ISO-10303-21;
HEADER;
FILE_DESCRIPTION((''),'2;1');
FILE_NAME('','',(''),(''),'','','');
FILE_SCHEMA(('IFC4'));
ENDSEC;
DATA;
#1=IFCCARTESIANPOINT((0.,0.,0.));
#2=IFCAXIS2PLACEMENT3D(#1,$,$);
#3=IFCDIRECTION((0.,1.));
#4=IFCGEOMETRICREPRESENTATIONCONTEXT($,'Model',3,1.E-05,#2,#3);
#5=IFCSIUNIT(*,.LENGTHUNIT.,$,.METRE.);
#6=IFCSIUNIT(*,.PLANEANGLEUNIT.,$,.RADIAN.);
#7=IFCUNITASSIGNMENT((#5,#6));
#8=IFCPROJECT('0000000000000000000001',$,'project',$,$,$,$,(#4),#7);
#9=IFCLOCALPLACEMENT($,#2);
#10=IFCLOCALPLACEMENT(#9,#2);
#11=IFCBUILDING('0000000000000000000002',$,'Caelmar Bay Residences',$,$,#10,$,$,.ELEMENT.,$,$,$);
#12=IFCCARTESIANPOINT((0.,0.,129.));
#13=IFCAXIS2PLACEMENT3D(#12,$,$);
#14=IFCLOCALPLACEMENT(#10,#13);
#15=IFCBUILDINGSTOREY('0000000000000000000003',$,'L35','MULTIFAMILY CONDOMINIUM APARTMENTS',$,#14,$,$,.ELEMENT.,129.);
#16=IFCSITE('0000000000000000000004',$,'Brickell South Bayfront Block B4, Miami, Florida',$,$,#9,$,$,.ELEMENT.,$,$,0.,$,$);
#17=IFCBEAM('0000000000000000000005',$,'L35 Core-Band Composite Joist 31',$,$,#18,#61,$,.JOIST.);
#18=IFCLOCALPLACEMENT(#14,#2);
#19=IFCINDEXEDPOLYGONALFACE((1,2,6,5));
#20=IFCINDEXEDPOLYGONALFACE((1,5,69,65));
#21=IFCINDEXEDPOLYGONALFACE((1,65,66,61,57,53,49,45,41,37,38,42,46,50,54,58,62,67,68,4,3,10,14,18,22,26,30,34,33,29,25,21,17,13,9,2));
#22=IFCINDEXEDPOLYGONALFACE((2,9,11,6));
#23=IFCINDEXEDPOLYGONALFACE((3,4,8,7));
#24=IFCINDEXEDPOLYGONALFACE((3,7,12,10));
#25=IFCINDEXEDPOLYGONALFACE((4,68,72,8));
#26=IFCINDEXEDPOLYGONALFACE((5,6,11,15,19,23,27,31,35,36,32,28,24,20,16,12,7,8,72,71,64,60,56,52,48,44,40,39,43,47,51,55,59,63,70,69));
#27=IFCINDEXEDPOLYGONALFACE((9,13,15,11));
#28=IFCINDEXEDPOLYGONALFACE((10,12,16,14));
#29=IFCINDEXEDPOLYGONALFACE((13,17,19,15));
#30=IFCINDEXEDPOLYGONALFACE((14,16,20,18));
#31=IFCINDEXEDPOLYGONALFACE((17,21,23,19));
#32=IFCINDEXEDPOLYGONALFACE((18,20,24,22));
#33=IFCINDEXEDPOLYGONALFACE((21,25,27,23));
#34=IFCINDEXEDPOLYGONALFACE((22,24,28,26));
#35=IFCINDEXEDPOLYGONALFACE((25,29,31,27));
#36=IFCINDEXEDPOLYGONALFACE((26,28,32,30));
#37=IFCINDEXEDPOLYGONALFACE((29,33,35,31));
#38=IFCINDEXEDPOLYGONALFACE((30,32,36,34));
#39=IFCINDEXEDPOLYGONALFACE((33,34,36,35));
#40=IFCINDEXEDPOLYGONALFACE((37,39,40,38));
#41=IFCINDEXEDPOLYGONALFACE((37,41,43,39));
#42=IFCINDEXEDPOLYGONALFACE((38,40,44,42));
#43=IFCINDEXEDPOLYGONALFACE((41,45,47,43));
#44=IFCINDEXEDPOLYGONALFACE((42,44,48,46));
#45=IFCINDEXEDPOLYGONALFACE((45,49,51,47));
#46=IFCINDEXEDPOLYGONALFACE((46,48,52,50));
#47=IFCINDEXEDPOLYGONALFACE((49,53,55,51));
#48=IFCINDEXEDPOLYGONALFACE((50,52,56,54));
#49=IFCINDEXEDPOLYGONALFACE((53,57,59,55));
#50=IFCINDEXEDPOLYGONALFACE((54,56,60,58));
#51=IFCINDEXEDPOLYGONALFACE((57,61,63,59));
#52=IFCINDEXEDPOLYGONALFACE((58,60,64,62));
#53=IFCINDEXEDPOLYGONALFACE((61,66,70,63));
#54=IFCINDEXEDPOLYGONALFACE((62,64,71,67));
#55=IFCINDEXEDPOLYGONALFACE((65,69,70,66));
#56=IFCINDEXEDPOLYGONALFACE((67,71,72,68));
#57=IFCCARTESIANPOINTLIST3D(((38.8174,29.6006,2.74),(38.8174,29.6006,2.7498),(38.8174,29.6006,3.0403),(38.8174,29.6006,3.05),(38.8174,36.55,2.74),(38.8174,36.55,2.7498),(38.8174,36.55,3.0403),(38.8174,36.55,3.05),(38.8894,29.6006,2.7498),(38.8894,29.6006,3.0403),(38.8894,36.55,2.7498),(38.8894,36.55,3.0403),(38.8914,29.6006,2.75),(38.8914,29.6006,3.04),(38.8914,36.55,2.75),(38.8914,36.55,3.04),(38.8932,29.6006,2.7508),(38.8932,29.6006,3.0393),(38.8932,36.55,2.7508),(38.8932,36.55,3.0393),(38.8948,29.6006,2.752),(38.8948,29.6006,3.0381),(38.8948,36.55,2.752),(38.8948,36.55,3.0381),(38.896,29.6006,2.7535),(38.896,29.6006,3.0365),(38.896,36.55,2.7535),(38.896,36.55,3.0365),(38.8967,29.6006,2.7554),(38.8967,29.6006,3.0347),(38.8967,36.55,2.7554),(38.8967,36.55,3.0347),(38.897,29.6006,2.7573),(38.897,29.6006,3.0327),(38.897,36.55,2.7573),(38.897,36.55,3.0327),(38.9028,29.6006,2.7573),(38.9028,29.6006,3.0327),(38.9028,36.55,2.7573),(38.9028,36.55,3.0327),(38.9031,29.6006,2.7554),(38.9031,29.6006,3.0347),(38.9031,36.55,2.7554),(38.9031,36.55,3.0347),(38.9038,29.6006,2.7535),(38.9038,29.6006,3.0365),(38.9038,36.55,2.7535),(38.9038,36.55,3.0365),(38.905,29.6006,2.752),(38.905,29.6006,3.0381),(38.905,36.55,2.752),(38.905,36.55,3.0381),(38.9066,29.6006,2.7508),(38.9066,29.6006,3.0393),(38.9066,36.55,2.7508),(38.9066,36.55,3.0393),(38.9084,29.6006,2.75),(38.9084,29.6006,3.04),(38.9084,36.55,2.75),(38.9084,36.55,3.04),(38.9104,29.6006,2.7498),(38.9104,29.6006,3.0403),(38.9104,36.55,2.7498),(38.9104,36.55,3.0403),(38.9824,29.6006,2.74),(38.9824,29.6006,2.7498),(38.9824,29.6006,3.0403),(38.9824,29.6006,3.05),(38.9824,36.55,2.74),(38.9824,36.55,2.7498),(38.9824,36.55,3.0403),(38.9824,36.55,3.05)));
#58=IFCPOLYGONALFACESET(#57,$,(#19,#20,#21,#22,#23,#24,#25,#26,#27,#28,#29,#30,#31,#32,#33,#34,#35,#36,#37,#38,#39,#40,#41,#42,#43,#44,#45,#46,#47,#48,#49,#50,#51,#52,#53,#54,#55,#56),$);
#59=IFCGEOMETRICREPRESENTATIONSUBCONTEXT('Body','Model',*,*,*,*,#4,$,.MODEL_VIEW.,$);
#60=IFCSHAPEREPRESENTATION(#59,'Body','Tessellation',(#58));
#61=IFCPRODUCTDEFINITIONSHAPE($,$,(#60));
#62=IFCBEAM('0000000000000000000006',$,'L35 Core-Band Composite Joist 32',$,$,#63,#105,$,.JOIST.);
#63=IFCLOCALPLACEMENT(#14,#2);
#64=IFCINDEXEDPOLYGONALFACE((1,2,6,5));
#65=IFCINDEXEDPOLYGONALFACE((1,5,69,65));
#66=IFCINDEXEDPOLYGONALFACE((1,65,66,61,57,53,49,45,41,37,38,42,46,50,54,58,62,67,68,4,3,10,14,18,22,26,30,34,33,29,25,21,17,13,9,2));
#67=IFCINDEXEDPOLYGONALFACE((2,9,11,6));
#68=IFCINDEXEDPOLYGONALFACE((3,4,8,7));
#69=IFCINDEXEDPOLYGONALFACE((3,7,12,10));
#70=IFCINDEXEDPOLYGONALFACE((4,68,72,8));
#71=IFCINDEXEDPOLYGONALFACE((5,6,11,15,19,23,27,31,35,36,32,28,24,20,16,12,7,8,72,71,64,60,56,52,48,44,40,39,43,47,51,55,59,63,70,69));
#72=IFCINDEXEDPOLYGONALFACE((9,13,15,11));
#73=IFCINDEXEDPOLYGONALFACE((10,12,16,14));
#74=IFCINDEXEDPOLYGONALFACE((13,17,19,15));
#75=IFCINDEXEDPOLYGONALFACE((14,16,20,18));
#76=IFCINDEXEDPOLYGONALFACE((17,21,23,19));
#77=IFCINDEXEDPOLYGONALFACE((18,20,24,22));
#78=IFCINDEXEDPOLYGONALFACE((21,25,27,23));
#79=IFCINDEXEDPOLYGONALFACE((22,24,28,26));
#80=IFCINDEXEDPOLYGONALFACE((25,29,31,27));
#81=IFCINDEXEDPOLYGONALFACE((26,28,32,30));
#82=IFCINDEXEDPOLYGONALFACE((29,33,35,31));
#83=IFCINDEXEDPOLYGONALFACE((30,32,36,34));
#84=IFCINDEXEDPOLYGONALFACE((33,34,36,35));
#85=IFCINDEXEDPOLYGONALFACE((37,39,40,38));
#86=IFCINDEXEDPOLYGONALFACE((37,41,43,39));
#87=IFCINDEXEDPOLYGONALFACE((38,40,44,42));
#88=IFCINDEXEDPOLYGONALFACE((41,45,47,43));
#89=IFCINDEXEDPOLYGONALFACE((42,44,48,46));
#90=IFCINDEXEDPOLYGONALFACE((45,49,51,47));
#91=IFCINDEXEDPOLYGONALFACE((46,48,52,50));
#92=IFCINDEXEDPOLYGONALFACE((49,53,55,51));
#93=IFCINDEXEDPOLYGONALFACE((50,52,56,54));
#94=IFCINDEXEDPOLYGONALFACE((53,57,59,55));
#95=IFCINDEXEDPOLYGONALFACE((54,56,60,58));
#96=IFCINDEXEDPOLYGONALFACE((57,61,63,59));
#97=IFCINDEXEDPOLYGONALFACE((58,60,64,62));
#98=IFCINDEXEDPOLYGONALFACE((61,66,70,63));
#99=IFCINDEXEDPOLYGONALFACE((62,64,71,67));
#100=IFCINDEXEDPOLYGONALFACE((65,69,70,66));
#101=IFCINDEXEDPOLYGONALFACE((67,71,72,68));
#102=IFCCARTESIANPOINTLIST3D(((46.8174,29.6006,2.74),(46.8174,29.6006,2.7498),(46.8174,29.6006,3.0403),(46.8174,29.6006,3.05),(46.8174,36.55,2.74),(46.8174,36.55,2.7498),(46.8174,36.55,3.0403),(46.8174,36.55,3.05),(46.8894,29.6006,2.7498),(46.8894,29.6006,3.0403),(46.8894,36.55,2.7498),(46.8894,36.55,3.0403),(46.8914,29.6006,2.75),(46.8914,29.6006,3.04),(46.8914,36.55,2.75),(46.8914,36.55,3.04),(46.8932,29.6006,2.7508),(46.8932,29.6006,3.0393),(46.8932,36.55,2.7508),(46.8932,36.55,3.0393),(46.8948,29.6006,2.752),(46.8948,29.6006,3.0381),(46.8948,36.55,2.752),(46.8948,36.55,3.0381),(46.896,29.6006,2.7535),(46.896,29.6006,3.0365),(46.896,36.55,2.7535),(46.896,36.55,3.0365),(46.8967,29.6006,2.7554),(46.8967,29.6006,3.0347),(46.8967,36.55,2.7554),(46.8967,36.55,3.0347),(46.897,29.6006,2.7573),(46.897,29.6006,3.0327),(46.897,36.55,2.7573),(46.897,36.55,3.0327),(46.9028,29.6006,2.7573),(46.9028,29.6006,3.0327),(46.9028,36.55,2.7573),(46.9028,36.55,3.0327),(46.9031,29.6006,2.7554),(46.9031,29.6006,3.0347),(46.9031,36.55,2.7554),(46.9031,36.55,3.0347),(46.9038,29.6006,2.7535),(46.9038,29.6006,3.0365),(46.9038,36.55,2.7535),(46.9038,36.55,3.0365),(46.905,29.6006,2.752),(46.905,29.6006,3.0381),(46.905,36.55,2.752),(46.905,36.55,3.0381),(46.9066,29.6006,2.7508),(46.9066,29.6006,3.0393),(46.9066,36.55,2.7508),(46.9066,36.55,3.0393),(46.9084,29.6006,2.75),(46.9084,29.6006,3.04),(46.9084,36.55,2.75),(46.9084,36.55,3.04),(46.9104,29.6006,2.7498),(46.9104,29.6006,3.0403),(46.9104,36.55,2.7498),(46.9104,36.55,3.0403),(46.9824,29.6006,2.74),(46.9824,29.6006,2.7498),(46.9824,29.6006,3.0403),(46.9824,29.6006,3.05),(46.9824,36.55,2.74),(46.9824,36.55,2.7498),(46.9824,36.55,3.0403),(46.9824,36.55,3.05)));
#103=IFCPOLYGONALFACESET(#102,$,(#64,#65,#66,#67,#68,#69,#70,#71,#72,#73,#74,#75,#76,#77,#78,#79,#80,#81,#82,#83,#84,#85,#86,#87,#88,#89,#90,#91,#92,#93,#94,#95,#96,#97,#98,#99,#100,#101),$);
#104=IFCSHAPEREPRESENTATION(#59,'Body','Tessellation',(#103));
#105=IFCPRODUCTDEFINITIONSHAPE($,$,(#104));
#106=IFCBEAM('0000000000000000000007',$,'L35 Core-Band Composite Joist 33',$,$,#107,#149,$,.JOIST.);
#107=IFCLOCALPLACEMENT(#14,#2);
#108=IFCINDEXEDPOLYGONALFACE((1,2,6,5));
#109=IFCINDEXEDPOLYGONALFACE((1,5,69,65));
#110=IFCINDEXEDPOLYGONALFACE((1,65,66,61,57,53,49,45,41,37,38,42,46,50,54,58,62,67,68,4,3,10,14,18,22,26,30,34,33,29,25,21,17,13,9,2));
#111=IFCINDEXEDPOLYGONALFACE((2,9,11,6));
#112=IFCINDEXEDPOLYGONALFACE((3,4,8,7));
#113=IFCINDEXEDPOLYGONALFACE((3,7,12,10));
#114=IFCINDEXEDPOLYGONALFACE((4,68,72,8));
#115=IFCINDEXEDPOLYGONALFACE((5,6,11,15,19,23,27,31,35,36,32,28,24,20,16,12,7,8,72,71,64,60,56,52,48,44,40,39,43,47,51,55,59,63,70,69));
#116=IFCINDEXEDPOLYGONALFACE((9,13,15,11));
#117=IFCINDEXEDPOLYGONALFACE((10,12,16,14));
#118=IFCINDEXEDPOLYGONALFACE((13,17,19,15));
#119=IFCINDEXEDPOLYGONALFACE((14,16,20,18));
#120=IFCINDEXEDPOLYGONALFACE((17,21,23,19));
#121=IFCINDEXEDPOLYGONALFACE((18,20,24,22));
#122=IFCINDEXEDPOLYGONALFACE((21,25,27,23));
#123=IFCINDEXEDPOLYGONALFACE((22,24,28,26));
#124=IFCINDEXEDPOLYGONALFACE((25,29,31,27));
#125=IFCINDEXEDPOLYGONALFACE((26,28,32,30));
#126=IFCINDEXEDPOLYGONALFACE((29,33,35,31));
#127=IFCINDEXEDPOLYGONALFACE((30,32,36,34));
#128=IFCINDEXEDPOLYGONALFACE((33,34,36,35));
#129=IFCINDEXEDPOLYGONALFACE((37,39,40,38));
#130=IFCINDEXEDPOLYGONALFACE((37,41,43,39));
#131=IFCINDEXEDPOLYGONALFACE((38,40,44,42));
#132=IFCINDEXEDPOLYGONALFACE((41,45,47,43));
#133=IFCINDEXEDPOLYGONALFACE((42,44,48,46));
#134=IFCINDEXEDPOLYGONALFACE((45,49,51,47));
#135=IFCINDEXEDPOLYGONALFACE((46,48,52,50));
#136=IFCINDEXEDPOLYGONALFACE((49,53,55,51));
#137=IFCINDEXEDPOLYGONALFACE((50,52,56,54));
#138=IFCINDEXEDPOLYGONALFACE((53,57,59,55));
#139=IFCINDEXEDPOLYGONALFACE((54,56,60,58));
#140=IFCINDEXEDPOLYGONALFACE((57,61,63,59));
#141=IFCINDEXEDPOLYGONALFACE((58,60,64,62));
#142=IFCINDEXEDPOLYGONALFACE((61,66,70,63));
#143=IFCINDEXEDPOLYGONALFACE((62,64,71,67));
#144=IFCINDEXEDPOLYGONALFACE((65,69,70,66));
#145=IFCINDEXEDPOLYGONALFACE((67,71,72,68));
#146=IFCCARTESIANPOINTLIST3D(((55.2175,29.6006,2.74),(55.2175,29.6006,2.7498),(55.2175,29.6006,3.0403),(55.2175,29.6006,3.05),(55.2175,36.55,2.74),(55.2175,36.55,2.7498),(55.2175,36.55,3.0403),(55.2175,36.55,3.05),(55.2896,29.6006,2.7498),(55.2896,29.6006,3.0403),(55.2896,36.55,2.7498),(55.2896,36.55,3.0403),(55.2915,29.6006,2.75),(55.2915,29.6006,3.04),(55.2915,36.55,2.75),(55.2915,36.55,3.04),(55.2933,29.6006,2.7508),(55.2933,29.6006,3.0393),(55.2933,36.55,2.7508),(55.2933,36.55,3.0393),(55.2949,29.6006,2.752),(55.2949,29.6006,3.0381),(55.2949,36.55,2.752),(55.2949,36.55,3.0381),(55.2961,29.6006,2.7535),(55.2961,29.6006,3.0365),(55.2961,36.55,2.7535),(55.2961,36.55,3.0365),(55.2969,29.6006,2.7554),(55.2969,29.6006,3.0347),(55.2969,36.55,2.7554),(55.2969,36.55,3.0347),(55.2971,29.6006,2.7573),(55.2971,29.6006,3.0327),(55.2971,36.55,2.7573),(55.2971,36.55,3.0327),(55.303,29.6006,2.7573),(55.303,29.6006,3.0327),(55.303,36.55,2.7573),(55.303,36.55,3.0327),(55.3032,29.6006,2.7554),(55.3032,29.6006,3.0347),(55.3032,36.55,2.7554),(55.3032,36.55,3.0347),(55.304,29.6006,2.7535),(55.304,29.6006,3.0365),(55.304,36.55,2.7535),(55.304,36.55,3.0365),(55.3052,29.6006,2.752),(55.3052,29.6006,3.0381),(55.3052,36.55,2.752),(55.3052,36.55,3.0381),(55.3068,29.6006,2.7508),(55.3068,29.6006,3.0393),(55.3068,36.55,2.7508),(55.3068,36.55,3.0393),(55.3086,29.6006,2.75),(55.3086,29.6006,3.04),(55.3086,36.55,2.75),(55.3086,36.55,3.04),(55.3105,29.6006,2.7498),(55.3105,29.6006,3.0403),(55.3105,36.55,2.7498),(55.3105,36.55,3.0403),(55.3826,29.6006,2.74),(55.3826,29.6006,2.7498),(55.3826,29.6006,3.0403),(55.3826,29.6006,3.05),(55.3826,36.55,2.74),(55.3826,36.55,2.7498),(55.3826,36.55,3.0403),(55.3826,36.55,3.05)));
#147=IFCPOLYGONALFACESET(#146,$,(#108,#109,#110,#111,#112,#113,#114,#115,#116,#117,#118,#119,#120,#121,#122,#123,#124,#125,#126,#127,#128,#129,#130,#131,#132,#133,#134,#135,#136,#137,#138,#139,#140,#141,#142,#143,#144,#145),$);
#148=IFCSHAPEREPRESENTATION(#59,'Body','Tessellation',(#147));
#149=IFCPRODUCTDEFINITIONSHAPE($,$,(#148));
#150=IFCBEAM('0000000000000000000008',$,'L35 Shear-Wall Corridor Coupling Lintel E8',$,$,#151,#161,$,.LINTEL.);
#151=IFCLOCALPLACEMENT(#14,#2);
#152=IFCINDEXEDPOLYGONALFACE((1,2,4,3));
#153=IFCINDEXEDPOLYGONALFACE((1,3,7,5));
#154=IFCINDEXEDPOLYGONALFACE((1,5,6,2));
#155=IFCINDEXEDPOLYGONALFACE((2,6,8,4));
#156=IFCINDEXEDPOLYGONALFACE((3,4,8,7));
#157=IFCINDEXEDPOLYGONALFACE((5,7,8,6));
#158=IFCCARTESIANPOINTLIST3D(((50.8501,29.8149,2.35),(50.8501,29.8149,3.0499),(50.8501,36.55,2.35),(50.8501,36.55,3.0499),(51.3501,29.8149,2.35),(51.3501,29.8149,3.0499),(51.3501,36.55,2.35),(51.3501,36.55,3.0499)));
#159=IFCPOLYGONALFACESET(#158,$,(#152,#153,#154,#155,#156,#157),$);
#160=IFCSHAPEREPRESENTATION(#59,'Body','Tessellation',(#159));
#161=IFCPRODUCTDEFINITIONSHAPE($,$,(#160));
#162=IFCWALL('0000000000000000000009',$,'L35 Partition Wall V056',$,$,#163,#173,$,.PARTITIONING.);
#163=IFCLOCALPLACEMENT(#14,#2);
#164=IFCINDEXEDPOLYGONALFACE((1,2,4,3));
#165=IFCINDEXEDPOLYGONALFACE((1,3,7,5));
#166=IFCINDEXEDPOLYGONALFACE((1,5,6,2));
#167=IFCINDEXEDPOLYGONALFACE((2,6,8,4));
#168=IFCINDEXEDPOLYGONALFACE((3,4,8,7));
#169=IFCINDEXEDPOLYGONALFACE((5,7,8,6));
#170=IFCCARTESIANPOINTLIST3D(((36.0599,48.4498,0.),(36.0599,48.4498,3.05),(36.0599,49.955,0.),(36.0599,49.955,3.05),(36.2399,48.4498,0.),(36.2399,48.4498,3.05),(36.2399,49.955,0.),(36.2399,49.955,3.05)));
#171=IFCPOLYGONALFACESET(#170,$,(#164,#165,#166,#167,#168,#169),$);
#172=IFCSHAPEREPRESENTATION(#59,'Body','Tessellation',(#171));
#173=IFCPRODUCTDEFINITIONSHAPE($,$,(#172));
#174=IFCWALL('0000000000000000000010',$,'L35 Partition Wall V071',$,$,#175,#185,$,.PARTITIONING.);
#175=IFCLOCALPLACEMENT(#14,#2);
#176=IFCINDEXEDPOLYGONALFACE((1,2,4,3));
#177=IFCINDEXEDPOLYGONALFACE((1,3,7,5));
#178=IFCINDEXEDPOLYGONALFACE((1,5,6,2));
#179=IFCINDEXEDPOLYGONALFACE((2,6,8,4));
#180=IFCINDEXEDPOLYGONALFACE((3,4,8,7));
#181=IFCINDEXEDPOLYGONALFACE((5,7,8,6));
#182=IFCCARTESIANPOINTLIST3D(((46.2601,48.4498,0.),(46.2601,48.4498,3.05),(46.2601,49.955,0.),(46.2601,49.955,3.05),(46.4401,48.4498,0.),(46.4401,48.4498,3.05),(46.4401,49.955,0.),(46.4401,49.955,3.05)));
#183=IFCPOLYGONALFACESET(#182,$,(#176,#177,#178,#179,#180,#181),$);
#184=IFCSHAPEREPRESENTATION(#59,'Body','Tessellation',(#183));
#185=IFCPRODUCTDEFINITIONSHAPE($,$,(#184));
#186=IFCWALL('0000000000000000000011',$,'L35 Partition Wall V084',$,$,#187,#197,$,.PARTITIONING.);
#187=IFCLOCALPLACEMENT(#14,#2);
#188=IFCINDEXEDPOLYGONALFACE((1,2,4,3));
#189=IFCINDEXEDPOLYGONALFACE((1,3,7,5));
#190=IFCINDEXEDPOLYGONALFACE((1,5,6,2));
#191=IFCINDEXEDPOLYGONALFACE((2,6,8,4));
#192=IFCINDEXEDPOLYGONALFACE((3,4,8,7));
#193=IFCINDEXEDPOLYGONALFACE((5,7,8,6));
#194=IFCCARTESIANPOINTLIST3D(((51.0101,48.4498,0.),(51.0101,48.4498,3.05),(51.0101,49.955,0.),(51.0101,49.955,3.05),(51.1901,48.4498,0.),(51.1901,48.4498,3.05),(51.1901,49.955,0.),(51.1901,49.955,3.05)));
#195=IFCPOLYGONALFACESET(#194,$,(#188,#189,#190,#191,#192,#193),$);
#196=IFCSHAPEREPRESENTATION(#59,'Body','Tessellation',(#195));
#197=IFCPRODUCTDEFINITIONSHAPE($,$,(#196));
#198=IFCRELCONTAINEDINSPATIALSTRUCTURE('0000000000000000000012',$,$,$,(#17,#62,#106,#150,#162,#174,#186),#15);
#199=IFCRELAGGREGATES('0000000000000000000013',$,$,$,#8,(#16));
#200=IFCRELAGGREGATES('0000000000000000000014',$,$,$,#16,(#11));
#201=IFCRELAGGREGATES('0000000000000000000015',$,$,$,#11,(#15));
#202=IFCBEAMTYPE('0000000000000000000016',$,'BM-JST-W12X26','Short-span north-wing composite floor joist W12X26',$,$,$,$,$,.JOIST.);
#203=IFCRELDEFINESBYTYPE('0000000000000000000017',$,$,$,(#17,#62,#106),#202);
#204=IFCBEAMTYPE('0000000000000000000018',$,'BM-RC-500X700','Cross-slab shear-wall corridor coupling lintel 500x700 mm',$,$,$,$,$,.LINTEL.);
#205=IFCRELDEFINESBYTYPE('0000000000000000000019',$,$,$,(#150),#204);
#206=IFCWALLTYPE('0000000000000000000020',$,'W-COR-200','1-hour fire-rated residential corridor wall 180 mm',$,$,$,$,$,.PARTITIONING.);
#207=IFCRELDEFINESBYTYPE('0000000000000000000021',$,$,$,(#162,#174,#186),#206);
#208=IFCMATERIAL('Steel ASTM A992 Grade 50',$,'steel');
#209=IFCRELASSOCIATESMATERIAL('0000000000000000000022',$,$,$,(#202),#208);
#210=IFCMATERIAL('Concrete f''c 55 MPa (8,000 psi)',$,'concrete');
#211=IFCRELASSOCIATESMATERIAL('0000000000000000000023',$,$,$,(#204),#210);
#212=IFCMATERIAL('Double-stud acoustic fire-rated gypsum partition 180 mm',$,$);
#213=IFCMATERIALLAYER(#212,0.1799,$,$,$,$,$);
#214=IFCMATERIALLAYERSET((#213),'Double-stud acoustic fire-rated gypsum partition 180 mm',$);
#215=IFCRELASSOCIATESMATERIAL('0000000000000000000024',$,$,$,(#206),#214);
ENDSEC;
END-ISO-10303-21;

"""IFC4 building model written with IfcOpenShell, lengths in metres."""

from ifc_helpers import new_model, si_unit, direction, frame, frame_2d, origin, origin_2d, place, context, subcontext, project, spatial, rectangle, i_section, extrude, material, layer, layer_set, material_profile, profile_set, type_object, element, save


model = new_model("IFC4")

# Units and contexts
model_context = context("Model", 3, precision=1e-05, world=origin(), true_north=direction((0.0, 1.0)))
body_context = subcontext(model_context, "Body", "Model", "MODEL_VIEW")
ifc_project = project(units=[si_unit("LENGTHUNIT", "METRE"), si_unit("PLANEANGLEUNIT", "RADIAN")], contexts=[model_context])

# Site, building, storey
site_placement = place(None, origin())
site = spatial("IfcSite", under=ifc_project, at=site_placement, Name="Brickell South Bayfront Block B4, Miami, Florida", CompositionType="ELEMENT", RefElevation=0.0)
building_placement = place(site_placement, origin())
building = spatial("IfcBuilding", under=site, at=building_placement, Name="Caelmar Bay Residences", CompositionType="ELEMENT")
storey_placement = place(building_placement, frame((0.0, 0.0, 129.0)))
storey = spatial("IfcBuildingStorey", under=building, at=storey_placement, Name="L35", Description="MULTIFAMILY CONDOMINIUM APARTMENTS", CompositionType="ELEMENT", Elevation=129.0)

# Beams
ifc_material_1 = material(Name="Steel ASTM A992 Grade 50", Category="steel")
ifc_material_profile_1 = material_profile(ifc_material_1, i_section(OverallWidth=0.165, OverallDepth=0.3101, WebThickness=0.0059, FlangeThickness=0.0098, FilletRadius=0.0076, at=origin_2d()), Name="W12X26")
ifc_profile_set_1 = profile_set([ifc_material_profile_1], Name="Steel ASTM A992 Grade 50")
beam_type_1 = type_object("IfcBeamType", Name="BM-JST-W12X26", Description="Short-span north-wing composite floor joist W12X26", PredefinedType="JOIST", material=ifc_profile_set_1)
for number, where, z_axis, x_axis, name in (
    (1, (38.8999, 29.6006, 2.895), (0.0, 1.0, 0.0), (-1.0, 0.0, 0.0), "L35 Core-Band Composite Joist 31"),
    (2, (46.8999, 29.6006, 2.895), (0.0, 1.0, 0.0), (-1.0, 0.0, 0.0), "L35 Core-Band Composite Joist 32"),
    (3, (55.3, 29.6006, 2.895), (0.0, 1.0, 0.0), (-1.0, 0.0, 0.0), "L35 Core-Band Composite Joist 33"),
):
    element("IfcBeam", number, at=place(storey_placement, frame(where, z_axis=z_axis, x_axis=x_axis)), inside=storey, type_object=beam_type_1, Name=name, PredefinedType="JOIST", context=body_context, shape_type="SweptSolid", body=[
        extrude(i_section(OverallWidth=0.165, OverallDepth=0.3101, WebThickness=0.0059, FlangeThickness=0.0098, FilletRadius=0.0076, at=origin_2d()), origin(), (0.0, 0.0, 1.0), 6.9495),
    ])
ifc_material_2 = material(Name="Concrete f'c 55 MPa (8,000 psi)", Category="concrete")
ifc_material_profile_2 = material_profile(ifc_material_2, rectangle(XDim=0.5, YDim=0.7, at=origin_2d()), Name="RC-BM-500X700")
ifc_profile_set_2 = profile_set([ifc_material_profile_2], Name="Concrete f'c 55 MPa (8,000 psi)")
beam_type_2 = type_object("IfcBeamType", Name="BM-RC-500X700", Description="Cross-slab shear-wall corridor coupling lintel 500x700 mm", PredefinedType="LINTEL", material=ifc_profile_set_2)
beam_1_placement = place(storey_placement, frame((51.1001, 29.8149, 2.7), z_axis=(0.0, 1.0, 0.0), x_axis=(-1.0, 0.0, 0.0)))
element("IfcBeam", 4, at=beam_1_placement, inside=storey, type_object=beam_type_2, Name="L35 Shear-Wall Corridor Coupling Lintel E8", PredefinedType="LINTEL", context=body_context, shape_type="SweptSolid", body=[
    extrude(rectangle(XDim=0.5, YDim=0.7, at=origin_2d()), origin(), (0.0, 0.0, 1.0), 6.7351),
])

# Walls
ifc_material_3 = material(Name="Double-stud acoustic fire-rated gypsum partition 180 mm")
ifc_layer_1 = layer(ifc_material_3, 0.1799)
ifc_layer_set_1 = layer_set([ifc_layer_1], Name="Double-stud acoustic fire-rated gypsum partition 180 mm")
wall_type_1 = type_object("IfcWallType", Name="W-COR-200", Description="1-hour fire-rated residential corridor wall 180 mm", PredefinedType="PARTITIONING", material=ifc_layer_set_1)
for number, where, z_axis, x_axis, name in (
    (5, (36.1499, 48.45, 0.0), (0.0, 0.0, 1.0), (0.0, 1.0, 0.0), "L35 Partition Wall V056"),
    (6, (46.3501, 48.45, 0.0), (0.0, 0.0, 1.0), (0.0, 1.0, 0.0), "L35 Partition Wall V071"),
    (7, (51.1001, 48.45, 0.0), (0.0, 0.0, 1.0), (0.0, 1.0, 0.0), "L35 Partition Wall V084"),
):
    element("IfcWall", number, at=place(storey_placement, frame(where, z_axis=z_axis, x_axis=x_axis)), inside=storey, type_object=wall_type_1, Name=name, PredefinedType="PARTITIONING", context=body_context, shape_type="SweptSolid", body=[
        extrude(rectangle(XDim=1.5051, YDim=0.1799, at=frame_2d((0.7524, 0.0))), origin(), (0.0, 0.0, 1.0), 3.05),
    ])

save(model, "model.ifc")
